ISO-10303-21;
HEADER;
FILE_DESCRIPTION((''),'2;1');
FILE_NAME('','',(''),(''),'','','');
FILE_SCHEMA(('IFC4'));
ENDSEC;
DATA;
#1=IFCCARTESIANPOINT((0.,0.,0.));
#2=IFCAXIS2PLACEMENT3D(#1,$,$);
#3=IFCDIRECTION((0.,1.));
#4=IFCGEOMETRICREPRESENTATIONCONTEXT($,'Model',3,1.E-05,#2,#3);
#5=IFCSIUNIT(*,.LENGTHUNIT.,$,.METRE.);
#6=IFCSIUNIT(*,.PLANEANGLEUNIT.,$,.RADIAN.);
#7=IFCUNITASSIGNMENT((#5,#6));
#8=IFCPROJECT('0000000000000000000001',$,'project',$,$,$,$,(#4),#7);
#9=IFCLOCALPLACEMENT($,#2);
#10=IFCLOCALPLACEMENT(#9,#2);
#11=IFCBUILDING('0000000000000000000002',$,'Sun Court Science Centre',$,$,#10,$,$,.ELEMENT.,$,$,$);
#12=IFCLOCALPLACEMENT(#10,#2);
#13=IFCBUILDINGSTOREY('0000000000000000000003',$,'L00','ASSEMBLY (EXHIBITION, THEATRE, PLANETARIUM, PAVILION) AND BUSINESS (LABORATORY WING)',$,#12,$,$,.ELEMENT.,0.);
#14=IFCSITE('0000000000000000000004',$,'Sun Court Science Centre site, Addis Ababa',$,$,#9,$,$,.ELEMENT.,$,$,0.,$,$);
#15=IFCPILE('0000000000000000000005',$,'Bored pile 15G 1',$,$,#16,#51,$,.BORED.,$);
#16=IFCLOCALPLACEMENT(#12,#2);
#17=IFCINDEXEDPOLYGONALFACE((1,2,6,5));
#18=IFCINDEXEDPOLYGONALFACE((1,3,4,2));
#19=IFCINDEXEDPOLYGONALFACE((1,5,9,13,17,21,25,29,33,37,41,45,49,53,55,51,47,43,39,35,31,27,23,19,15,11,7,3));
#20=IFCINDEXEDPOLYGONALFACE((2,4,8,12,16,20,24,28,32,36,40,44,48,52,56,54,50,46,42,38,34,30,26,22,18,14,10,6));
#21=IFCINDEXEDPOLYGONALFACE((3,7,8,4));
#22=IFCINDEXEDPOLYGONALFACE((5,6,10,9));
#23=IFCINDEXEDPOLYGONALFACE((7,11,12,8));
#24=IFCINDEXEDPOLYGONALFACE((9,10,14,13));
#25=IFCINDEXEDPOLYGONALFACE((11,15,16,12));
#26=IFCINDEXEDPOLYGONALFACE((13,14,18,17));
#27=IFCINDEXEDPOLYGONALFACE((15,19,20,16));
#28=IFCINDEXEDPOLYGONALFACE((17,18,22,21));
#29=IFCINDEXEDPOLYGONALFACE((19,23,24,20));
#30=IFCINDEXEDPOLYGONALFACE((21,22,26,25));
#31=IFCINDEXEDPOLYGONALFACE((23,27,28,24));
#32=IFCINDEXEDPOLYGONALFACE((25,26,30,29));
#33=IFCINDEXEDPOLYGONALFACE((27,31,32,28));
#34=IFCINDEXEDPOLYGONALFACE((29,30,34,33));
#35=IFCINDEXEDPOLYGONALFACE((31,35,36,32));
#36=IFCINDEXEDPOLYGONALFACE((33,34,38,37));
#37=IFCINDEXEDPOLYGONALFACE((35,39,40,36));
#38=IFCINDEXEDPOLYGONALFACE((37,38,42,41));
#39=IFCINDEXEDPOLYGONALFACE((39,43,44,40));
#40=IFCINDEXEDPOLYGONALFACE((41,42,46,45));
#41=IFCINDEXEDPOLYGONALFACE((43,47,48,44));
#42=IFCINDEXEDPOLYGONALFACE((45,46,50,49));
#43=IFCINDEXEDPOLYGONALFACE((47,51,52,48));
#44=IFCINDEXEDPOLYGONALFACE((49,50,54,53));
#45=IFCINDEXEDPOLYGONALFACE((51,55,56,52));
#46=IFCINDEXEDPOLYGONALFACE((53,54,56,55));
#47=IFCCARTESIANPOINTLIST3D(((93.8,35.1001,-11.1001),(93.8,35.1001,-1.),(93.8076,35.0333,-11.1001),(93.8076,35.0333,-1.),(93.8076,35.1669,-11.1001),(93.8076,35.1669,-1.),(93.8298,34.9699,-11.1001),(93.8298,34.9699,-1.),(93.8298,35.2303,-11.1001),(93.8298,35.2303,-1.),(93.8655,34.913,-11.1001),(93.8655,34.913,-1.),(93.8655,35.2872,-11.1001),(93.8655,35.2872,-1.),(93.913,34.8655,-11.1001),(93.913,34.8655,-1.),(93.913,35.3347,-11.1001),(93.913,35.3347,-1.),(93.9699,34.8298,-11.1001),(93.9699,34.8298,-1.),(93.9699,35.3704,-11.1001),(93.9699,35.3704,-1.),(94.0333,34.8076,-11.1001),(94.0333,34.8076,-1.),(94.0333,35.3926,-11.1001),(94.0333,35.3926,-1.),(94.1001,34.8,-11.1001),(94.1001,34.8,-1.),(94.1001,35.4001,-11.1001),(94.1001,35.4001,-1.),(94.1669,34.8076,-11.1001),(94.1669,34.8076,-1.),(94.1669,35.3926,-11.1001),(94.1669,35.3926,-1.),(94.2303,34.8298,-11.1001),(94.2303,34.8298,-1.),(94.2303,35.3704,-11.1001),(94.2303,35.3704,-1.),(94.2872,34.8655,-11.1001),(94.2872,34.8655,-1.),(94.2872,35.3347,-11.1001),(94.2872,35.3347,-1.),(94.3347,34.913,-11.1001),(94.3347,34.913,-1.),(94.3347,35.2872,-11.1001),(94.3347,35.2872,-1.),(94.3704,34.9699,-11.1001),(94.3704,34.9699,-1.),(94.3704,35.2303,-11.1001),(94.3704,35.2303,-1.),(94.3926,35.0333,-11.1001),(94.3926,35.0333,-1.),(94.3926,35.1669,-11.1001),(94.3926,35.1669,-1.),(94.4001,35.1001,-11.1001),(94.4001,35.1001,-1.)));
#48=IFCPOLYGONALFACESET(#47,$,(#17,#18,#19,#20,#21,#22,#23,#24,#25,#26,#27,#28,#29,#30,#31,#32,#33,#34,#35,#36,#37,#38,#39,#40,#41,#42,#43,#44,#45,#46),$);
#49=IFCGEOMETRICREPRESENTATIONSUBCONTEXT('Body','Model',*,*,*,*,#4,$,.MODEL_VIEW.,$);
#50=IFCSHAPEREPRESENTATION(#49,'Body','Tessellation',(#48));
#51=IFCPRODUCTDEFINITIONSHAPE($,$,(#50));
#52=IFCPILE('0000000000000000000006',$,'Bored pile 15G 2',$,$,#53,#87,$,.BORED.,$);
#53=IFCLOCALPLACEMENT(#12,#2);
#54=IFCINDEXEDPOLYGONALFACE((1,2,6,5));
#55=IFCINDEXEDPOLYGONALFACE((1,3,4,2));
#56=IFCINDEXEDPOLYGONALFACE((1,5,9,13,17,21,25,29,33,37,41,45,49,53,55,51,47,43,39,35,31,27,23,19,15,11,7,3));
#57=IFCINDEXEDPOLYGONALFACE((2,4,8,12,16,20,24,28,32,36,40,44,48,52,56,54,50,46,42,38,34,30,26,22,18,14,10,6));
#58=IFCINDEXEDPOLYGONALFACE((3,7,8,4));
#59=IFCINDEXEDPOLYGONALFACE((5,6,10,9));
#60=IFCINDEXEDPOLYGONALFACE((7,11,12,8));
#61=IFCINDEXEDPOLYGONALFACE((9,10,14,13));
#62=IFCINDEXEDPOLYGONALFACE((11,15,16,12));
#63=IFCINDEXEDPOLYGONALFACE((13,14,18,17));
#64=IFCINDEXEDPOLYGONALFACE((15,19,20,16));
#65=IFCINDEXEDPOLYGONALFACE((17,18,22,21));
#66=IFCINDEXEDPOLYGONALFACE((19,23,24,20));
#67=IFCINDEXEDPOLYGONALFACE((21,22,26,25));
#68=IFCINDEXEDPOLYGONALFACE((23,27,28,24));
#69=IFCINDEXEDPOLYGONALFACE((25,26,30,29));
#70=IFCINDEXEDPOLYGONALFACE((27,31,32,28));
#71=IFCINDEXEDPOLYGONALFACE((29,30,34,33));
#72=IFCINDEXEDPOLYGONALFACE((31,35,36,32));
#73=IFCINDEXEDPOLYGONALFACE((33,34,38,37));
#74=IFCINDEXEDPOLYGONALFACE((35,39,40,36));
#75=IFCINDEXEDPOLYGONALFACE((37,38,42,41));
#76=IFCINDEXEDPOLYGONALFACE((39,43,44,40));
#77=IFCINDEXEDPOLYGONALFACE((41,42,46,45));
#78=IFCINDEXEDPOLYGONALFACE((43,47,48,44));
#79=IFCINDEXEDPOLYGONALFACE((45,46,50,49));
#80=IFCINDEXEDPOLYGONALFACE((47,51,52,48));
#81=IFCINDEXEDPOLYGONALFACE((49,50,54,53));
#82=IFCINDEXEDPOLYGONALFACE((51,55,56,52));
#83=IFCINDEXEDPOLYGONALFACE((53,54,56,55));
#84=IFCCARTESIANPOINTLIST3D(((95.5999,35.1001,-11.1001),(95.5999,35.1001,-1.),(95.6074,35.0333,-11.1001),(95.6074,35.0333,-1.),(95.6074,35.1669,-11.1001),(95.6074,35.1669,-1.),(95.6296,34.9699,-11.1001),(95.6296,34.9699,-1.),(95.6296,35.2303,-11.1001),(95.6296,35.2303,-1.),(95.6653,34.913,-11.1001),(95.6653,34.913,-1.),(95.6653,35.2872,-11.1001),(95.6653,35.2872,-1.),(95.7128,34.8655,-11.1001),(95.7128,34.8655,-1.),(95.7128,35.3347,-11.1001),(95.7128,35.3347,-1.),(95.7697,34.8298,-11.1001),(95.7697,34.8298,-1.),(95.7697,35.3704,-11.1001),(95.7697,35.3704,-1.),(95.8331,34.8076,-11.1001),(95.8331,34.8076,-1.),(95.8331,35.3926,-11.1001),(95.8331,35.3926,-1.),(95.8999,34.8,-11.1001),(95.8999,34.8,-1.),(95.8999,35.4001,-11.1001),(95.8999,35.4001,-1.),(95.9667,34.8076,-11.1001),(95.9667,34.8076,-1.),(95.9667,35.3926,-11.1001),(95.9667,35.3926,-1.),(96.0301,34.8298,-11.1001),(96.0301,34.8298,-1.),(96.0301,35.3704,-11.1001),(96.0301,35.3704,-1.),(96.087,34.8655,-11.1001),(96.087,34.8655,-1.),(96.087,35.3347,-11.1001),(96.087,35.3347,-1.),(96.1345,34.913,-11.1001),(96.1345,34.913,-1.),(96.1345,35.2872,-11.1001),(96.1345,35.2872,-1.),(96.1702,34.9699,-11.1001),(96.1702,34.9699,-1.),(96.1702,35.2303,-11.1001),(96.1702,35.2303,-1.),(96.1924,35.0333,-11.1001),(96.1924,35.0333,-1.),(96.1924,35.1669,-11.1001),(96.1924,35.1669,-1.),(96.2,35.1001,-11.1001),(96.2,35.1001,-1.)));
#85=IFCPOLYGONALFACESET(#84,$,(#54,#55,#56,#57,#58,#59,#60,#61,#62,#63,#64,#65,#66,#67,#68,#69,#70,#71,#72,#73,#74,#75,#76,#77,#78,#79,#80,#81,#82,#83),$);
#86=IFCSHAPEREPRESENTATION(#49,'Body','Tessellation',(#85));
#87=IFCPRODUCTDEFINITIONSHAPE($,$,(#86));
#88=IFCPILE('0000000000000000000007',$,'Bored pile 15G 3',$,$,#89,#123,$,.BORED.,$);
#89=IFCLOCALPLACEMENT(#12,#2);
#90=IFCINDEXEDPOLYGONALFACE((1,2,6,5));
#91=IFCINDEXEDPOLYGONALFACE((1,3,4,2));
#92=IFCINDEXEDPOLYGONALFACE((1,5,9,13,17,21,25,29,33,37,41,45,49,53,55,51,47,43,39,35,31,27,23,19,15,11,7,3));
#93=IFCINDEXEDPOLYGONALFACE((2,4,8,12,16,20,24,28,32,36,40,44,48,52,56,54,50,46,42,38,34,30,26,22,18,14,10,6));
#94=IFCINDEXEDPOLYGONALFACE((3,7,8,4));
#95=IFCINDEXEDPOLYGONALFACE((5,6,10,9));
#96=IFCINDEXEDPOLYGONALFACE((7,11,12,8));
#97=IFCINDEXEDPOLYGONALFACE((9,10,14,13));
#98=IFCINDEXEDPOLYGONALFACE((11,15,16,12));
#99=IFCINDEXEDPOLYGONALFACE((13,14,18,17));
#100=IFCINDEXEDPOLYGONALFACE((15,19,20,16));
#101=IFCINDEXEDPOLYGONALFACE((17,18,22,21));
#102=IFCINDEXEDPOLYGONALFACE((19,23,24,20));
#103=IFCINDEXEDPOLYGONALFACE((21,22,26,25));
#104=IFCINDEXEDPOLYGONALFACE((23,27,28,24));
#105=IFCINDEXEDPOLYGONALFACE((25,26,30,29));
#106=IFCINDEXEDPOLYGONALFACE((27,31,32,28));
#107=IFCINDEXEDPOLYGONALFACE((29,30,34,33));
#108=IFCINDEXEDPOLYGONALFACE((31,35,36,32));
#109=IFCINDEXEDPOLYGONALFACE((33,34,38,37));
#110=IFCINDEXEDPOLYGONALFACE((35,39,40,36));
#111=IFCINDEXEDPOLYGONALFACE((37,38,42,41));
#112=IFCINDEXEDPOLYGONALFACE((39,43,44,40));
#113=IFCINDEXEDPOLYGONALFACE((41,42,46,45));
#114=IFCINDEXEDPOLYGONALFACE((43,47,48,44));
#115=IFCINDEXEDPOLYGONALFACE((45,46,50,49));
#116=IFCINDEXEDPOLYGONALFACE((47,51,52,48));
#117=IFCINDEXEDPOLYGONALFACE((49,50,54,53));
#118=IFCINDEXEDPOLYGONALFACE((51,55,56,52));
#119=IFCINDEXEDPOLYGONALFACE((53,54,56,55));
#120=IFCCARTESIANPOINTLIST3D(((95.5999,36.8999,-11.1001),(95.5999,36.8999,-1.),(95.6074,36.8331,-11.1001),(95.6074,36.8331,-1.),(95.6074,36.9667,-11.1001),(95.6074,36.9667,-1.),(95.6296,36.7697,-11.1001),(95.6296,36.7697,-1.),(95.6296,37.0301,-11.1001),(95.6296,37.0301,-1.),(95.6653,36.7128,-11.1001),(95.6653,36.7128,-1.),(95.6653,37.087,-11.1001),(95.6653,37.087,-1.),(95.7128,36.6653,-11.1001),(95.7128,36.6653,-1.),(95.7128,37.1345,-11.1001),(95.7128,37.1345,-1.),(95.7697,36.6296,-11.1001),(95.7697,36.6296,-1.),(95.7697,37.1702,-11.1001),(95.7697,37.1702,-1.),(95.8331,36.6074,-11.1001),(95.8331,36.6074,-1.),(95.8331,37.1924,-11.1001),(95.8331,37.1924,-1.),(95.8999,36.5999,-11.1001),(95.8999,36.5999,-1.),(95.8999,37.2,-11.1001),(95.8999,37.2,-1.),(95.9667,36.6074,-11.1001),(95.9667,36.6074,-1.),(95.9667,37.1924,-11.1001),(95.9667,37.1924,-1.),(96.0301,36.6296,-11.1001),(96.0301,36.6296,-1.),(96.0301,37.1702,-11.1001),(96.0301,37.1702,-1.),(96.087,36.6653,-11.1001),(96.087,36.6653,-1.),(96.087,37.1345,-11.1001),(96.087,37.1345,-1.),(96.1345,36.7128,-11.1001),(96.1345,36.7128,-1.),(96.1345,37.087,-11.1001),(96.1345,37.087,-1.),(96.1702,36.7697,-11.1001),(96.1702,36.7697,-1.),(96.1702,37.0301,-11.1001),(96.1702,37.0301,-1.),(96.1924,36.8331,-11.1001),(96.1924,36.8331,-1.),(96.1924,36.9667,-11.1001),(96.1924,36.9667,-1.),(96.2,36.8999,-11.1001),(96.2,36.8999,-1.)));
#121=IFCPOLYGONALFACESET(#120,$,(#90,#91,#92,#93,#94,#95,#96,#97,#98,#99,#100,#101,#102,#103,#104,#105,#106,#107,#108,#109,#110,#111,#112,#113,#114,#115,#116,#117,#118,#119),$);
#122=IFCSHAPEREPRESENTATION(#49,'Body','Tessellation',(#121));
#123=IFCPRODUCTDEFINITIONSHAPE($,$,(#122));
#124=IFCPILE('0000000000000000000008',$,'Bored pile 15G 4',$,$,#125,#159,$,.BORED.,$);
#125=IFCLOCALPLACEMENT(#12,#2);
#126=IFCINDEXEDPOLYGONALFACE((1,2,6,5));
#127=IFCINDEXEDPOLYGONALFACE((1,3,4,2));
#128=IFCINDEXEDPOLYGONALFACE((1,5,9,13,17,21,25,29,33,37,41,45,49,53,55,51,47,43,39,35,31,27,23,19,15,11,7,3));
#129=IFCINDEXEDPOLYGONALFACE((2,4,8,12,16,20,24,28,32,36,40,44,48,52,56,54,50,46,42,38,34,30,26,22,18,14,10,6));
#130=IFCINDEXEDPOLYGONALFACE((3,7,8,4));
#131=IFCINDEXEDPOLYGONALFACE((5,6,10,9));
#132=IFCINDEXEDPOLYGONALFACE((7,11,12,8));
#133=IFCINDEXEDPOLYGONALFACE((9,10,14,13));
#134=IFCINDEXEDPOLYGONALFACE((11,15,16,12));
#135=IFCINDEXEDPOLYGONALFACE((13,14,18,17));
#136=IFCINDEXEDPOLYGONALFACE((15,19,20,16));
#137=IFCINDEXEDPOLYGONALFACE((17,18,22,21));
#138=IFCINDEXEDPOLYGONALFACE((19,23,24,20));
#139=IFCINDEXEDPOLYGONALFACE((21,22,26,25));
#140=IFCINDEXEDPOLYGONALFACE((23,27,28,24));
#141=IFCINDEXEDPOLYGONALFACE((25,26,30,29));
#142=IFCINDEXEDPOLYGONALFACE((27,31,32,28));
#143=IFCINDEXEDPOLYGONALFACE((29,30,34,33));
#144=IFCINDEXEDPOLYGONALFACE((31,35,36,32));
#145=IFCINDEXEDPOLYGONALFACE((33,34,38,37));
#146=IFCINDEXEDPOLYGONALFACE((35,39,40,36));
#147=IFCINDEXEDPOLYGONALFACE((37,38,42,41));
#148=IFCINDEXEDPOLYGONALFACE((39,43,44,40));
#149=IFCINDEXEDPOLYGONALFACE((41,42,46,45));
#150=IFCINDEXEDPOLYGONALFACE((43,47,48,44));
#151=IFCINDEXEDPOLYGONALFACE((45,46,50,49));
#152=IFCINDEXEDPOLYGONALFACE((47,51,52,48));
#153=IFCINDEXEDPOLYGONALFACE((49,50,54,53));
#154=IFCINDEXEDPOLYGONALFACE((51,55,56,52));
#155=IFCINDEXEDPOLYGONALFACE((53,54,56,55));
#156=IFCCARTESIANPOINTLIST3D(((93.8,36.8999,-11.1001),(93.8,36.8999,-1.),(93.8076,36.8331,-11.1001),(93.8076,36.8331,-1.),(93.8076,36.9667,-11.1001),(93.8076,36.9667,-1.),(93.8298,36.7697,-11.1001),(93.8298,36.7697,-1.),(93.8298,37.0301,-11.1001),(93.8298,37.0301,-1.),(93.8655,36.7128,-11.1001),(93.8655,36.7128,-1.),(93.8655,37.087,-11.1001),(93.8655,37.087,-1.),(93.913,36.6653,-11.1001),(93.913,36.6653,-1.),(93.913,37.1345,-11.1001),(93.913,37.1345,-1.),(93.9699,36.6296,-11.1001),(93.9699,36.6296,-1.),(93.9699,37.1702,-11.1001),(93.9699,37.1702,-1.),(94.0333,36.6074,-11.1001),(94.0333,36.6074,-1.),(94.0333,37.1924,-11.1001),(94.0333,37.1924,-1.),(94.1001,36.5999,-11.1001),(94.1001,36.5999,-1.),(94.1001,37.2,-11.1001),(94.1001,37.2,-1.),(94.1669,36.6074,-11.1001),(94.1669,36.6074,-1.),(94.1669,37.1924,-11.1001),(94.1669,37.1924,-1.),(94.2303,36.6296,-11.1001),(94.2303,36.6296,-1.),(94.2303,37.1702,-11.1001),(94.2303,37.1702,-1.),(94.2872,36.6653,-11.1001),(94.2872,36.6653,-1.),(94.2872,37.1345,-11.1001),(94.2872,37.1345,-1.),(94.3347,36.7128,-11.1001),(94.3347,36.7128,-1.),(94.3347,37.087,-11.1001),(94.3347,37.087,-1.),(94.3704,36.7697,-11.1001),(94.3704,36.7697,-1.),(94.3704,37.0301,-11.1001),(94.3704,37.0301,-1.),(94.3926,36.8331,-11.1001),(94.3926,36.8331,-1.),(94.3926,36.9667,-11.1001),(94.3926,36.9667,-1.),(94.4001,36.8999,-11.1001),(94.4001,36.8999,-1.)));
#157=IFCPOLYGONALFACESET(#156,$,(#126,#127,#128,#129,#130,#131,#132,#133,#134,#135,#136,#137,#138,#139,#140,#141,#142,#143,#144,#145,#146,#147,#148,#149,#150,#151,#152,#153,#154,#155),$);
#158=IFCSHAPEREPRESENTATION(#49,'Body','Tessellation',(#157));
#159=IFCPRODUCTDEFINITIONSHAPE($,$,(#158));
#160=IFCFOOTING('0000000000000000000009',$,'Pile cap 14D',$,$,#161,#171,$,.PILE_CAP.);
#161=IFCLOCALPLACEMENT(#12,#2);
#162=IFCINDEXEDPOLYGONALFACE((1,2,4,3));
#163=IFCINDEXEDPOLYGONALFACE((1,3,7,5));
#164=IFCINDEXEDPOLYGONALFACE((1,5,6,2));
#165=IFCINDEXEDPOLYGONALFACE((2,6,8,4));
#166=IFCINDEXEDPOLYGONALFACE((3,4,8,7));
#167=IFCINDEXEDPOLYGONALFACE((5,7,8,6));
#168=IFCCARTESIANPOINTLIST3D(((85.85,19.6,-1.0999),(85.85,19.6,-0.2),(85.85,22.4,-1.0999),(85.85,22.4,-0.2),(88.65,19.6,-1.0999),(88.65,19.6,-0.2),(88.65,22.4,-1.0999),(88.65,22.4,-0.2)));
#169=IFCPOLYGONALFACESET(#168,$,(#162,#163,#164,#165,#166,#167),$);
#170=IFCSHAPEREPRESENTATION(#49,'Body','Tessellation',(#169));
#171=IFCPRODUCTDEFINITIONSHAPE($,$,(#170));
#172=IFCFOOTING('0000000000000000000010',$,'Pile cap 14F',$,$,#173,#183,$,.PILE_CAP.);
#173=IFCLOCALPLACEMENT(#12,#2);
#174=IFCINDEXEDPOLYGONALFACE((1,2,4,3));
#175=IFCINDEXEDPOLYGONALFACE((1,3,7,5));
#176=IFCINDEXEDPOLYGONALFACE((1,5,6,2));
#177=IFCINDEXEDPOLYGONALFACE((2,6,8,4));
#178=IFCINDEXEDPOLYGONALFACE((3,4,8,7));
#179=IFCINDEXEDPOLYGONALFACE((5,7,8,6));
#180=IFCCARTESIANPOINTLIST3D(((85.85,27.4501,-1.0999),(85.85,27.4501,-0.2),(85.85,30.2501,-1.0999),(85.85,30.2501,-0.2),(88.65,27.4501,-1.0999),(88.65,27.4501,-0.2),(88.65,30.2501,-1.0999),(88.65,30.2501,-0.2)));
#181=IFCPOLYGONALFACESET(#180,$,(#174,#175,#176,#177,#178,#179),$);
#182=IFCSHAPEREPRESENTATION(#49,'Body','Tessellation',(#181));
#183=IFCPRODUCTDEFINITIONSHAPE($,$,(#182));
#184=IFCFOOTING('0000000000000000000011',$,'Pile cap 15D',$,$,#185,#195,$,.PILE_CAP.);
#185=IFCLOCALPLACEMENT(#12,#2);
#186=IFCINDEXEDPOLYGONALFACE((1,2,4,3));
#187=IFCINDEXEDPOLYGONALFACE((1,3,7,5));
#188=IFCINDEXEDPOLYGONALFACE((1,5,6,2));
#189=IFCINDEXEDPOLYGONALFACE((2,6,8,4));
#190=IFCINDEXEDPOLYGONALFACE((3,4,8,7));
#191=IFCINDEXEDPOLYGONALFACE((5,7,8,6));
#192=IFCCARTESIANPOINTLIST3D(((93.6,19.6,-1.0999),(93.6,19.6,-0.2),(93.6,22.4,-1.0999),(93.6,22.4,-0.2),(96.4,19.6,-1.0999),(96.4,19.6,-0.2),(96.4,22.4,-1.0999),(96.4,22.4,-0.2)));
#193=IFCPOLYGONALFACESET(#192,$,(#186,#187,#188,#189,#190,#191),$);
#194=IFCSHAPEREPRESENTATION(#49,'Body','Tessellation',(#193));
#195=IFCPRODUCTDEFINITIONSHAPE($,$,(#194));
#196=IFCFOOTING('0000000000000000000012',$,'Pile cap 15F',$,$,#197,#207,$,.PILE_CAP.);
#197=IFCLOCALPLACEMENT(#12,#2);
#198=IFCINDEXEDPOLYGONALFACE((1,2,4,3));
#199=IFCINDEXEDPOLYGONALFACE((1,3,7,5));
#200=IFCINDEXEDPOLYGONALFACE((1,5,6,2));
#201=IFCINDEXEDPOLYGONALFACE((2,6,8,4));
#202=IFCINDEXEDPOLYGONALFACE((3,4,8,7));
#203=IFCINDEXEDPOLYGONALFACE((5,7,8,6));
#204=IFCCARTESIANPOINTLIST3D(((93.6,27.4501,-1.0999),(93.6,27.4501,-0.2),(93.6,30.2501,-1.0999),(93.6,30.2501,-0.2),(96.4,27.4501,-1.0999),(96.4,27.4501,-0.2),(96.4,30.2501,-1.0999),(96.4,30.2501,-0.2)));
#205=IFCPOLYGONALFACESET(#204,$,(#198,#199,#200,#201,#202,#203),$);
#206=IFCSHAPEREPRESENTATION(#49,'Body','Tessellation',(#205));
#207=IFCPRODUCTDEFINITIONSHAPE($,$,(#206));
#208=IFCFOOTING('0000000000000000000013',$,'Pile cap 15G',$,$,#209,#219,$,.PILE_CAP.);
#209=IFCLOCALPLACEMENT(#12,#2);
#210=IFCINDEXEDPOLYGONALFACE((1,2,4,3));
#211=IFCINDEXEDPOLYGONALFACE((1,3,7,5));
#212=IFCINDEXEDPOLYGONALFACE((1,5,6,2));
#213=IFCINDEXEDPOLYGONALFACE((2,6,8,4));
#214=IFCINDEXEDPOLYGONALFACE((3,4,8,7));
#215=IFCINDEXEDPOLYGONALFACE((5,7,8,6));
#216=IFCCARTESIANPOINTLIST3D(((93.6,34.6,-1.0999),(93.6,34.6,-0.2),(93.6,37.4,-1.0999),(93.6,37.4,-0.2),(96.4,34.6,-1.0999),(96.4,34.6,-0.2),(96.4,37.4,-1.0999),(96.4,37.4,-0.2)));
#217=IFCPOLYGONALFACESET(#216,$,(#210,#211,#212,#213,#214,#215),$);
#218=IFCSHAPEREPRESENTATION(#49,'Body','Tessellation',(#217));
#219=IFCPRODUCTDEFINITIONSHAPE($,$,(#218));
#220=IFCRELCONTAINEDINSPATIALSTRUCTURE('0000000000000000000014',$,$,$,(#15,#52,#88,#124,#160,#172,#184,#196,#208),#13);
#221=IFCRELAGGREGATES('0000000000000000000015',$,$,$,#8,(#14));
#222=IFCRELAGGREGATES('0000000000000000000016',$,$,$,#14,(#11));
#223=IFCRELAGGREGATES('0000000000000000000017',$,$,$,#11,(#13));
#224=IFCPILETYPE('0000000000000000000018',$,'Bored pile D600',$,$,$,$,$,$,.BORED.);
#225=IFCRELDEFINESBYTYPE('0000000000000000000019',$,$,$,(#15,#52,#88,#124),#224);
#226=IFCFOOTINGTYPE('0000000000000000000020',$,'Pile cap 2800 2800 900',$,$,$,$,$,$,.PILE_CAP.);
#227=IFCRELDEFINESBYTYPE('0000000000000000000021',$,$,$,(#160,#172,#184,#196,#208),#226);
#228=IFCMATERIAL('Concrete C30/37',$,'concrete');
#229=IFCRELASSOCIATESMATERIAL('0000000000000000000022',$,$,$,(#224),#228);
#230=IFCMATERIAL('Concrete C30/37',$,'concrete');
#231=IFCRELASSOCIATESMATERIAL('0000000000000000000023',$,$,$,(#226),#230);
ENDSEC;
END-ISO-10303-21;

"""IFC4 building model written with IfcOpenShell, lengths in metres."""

from ifc_helpers import new_model, si_unit, direction, frame, origin, origin_2d, place, context, subcontext, project, spatial, rectangle, circle, extrude, material, material_profile, profile_set, type_object, element, save


model = new_model("IFC4")

# Units and contexts
model_context = context("Model", 3, precision=1e-05, world=origin(), true_north=direction((0.0, 1.0)))
body_context = subcontext(model_context, "Body", "Model", "MODEL_VIEW")
ifc_project = project(units=[si_unit("LENGTHUNIT", "METRE"), si_unit("PLANEANGLEUNIT", "RADIAN")], contexts=[model_context])

# Site, building, storey
site_placement = place(None, origin())
site = spatial("IfcSite", under=ifc_project, at=site_placement, Name="Sun Court Science Centre site, Addis Ababa", CompositionType="ELEMENT", RefElevation=0.0)
building_placement = place(site_placement, origin())
building = spatial("IfcBuilding", under=site, at=building_placement, Name="Sun Court Science Centre", CompositionType="ELEMENT")
storey_placement = place(building_placement, origin())
storey = spatial("IfcBuildingStorey", under=building, at=storey_placement, Name="L00", Description="ASSEMBLY (EXHIBITION, THEATRE, PLANETARIUM, PAVILION) AND BUSINESS (LABORATORY WING)", CompositionType="ELEMENT", Elevation=0.0)

# Piles
ifc_material_1 = material(Name="Concrete C30/37", Category="concrete")
ifc_material_profile_1 = material_profile(ifc_material_1, circle(Radius=0.3, at=origin_2d()), Name="RC D600")
ifc_profile_set_1 = profile_set([ifc_material_profile_1], Name="Concrete C30/37")
pile_type = type_object("IfcPileType", Name="Bored pile D600", PredefinedType="BORED", material=ifc_profile_set_1)
for number, where, z_axis, x_axis, name in (
    (1, (94.1001, 35.1001, -1.0), (0.0, 0.0, -1.0), (1.0, 0.0, 0.0), "Bored pile 15G 1"),
    (2, (95.8999, 35.1001, -1.0), (0.0, 0.0, -1.0), (1.0, 0.0, 0.0), "Bored pile 15G 2"),
    (3, (95.8999, 36.8999, -1.0), (0.0, 0.0, -1.0), (1.0, 0.0, 0.0), "Bored pile 15G 3"),
    (4, (94.1001, 36.8999, -1.0), (0.0, 0.0, -1.0), (1.0, 0.0, 0.0), "Bored pile 15G 4"),
):
    element("IfcPile", number, at=place(storey_placement, frame(where, z_axis=z_axis, x_axis=x_axis)), inside=storey, type_object=pile_type, Name=name, PredefinedType="BORED", context=body_context, shape_type="SweptSolid", body=[
        extrude(circle(Radius=0.3, at=origin_2d()), origin(), (0.0, 0.0, 1.0), 10.1001),
    ])

# Footings
ifc_material_2 = material(Name="Concrete C30/37", Category="concrete")
footing_type = type_object("IfcFootingType", Name="Pile cap 2800 2800 900", PredefinedType="PILE_CAP", material=ifc_material_2)
for number, where, z_axis, x_axis, name in (
    (5, (87.25, 21.0, -1.0999), (0.0, 0.0, 1.0), (1.0, 0.0, 0.0), "Pile cap 14D"),
    (6, (87.25, 28.8501, -1.0999), (0.0, 0.0, 1.0), (1.0, 0.0, 0.0), "Pile cap 14F"),
    (7, (95.0, 21.0, -1.0999), (0.0, 0.0, 1.0), (1.0, 0.0, 0.0), "Pile cap 15D"),
    (8, (95.0, 28.8501, -1.0999), (0.0, 0.0, 1.0), (1.0, 0.0, 0.0), "Pile cap 15F"),
    (9, (95.0, 36.0, -1.0999), (0.0, 0.0, 1.0), (1.0, 0.0, 0.0), "Pile cap 15G"),
):
    element("IfcFooting", number, at=place(storey_placement, frame(where, z_axis=z_axis, x_axis=x_axis)), inside=storey, type_object=footing_type, Name=name, PredefinedType="PILE_CAP", context=body_context, shape_type="SweptSolid", body=[
        extrude(rectangle(XDim=2.8, YDim=2.8, at=origin_2d()), origin(), (0.0, 0.0, 1.0), 0.8999),
    ])

save(model, "model.ifc")
